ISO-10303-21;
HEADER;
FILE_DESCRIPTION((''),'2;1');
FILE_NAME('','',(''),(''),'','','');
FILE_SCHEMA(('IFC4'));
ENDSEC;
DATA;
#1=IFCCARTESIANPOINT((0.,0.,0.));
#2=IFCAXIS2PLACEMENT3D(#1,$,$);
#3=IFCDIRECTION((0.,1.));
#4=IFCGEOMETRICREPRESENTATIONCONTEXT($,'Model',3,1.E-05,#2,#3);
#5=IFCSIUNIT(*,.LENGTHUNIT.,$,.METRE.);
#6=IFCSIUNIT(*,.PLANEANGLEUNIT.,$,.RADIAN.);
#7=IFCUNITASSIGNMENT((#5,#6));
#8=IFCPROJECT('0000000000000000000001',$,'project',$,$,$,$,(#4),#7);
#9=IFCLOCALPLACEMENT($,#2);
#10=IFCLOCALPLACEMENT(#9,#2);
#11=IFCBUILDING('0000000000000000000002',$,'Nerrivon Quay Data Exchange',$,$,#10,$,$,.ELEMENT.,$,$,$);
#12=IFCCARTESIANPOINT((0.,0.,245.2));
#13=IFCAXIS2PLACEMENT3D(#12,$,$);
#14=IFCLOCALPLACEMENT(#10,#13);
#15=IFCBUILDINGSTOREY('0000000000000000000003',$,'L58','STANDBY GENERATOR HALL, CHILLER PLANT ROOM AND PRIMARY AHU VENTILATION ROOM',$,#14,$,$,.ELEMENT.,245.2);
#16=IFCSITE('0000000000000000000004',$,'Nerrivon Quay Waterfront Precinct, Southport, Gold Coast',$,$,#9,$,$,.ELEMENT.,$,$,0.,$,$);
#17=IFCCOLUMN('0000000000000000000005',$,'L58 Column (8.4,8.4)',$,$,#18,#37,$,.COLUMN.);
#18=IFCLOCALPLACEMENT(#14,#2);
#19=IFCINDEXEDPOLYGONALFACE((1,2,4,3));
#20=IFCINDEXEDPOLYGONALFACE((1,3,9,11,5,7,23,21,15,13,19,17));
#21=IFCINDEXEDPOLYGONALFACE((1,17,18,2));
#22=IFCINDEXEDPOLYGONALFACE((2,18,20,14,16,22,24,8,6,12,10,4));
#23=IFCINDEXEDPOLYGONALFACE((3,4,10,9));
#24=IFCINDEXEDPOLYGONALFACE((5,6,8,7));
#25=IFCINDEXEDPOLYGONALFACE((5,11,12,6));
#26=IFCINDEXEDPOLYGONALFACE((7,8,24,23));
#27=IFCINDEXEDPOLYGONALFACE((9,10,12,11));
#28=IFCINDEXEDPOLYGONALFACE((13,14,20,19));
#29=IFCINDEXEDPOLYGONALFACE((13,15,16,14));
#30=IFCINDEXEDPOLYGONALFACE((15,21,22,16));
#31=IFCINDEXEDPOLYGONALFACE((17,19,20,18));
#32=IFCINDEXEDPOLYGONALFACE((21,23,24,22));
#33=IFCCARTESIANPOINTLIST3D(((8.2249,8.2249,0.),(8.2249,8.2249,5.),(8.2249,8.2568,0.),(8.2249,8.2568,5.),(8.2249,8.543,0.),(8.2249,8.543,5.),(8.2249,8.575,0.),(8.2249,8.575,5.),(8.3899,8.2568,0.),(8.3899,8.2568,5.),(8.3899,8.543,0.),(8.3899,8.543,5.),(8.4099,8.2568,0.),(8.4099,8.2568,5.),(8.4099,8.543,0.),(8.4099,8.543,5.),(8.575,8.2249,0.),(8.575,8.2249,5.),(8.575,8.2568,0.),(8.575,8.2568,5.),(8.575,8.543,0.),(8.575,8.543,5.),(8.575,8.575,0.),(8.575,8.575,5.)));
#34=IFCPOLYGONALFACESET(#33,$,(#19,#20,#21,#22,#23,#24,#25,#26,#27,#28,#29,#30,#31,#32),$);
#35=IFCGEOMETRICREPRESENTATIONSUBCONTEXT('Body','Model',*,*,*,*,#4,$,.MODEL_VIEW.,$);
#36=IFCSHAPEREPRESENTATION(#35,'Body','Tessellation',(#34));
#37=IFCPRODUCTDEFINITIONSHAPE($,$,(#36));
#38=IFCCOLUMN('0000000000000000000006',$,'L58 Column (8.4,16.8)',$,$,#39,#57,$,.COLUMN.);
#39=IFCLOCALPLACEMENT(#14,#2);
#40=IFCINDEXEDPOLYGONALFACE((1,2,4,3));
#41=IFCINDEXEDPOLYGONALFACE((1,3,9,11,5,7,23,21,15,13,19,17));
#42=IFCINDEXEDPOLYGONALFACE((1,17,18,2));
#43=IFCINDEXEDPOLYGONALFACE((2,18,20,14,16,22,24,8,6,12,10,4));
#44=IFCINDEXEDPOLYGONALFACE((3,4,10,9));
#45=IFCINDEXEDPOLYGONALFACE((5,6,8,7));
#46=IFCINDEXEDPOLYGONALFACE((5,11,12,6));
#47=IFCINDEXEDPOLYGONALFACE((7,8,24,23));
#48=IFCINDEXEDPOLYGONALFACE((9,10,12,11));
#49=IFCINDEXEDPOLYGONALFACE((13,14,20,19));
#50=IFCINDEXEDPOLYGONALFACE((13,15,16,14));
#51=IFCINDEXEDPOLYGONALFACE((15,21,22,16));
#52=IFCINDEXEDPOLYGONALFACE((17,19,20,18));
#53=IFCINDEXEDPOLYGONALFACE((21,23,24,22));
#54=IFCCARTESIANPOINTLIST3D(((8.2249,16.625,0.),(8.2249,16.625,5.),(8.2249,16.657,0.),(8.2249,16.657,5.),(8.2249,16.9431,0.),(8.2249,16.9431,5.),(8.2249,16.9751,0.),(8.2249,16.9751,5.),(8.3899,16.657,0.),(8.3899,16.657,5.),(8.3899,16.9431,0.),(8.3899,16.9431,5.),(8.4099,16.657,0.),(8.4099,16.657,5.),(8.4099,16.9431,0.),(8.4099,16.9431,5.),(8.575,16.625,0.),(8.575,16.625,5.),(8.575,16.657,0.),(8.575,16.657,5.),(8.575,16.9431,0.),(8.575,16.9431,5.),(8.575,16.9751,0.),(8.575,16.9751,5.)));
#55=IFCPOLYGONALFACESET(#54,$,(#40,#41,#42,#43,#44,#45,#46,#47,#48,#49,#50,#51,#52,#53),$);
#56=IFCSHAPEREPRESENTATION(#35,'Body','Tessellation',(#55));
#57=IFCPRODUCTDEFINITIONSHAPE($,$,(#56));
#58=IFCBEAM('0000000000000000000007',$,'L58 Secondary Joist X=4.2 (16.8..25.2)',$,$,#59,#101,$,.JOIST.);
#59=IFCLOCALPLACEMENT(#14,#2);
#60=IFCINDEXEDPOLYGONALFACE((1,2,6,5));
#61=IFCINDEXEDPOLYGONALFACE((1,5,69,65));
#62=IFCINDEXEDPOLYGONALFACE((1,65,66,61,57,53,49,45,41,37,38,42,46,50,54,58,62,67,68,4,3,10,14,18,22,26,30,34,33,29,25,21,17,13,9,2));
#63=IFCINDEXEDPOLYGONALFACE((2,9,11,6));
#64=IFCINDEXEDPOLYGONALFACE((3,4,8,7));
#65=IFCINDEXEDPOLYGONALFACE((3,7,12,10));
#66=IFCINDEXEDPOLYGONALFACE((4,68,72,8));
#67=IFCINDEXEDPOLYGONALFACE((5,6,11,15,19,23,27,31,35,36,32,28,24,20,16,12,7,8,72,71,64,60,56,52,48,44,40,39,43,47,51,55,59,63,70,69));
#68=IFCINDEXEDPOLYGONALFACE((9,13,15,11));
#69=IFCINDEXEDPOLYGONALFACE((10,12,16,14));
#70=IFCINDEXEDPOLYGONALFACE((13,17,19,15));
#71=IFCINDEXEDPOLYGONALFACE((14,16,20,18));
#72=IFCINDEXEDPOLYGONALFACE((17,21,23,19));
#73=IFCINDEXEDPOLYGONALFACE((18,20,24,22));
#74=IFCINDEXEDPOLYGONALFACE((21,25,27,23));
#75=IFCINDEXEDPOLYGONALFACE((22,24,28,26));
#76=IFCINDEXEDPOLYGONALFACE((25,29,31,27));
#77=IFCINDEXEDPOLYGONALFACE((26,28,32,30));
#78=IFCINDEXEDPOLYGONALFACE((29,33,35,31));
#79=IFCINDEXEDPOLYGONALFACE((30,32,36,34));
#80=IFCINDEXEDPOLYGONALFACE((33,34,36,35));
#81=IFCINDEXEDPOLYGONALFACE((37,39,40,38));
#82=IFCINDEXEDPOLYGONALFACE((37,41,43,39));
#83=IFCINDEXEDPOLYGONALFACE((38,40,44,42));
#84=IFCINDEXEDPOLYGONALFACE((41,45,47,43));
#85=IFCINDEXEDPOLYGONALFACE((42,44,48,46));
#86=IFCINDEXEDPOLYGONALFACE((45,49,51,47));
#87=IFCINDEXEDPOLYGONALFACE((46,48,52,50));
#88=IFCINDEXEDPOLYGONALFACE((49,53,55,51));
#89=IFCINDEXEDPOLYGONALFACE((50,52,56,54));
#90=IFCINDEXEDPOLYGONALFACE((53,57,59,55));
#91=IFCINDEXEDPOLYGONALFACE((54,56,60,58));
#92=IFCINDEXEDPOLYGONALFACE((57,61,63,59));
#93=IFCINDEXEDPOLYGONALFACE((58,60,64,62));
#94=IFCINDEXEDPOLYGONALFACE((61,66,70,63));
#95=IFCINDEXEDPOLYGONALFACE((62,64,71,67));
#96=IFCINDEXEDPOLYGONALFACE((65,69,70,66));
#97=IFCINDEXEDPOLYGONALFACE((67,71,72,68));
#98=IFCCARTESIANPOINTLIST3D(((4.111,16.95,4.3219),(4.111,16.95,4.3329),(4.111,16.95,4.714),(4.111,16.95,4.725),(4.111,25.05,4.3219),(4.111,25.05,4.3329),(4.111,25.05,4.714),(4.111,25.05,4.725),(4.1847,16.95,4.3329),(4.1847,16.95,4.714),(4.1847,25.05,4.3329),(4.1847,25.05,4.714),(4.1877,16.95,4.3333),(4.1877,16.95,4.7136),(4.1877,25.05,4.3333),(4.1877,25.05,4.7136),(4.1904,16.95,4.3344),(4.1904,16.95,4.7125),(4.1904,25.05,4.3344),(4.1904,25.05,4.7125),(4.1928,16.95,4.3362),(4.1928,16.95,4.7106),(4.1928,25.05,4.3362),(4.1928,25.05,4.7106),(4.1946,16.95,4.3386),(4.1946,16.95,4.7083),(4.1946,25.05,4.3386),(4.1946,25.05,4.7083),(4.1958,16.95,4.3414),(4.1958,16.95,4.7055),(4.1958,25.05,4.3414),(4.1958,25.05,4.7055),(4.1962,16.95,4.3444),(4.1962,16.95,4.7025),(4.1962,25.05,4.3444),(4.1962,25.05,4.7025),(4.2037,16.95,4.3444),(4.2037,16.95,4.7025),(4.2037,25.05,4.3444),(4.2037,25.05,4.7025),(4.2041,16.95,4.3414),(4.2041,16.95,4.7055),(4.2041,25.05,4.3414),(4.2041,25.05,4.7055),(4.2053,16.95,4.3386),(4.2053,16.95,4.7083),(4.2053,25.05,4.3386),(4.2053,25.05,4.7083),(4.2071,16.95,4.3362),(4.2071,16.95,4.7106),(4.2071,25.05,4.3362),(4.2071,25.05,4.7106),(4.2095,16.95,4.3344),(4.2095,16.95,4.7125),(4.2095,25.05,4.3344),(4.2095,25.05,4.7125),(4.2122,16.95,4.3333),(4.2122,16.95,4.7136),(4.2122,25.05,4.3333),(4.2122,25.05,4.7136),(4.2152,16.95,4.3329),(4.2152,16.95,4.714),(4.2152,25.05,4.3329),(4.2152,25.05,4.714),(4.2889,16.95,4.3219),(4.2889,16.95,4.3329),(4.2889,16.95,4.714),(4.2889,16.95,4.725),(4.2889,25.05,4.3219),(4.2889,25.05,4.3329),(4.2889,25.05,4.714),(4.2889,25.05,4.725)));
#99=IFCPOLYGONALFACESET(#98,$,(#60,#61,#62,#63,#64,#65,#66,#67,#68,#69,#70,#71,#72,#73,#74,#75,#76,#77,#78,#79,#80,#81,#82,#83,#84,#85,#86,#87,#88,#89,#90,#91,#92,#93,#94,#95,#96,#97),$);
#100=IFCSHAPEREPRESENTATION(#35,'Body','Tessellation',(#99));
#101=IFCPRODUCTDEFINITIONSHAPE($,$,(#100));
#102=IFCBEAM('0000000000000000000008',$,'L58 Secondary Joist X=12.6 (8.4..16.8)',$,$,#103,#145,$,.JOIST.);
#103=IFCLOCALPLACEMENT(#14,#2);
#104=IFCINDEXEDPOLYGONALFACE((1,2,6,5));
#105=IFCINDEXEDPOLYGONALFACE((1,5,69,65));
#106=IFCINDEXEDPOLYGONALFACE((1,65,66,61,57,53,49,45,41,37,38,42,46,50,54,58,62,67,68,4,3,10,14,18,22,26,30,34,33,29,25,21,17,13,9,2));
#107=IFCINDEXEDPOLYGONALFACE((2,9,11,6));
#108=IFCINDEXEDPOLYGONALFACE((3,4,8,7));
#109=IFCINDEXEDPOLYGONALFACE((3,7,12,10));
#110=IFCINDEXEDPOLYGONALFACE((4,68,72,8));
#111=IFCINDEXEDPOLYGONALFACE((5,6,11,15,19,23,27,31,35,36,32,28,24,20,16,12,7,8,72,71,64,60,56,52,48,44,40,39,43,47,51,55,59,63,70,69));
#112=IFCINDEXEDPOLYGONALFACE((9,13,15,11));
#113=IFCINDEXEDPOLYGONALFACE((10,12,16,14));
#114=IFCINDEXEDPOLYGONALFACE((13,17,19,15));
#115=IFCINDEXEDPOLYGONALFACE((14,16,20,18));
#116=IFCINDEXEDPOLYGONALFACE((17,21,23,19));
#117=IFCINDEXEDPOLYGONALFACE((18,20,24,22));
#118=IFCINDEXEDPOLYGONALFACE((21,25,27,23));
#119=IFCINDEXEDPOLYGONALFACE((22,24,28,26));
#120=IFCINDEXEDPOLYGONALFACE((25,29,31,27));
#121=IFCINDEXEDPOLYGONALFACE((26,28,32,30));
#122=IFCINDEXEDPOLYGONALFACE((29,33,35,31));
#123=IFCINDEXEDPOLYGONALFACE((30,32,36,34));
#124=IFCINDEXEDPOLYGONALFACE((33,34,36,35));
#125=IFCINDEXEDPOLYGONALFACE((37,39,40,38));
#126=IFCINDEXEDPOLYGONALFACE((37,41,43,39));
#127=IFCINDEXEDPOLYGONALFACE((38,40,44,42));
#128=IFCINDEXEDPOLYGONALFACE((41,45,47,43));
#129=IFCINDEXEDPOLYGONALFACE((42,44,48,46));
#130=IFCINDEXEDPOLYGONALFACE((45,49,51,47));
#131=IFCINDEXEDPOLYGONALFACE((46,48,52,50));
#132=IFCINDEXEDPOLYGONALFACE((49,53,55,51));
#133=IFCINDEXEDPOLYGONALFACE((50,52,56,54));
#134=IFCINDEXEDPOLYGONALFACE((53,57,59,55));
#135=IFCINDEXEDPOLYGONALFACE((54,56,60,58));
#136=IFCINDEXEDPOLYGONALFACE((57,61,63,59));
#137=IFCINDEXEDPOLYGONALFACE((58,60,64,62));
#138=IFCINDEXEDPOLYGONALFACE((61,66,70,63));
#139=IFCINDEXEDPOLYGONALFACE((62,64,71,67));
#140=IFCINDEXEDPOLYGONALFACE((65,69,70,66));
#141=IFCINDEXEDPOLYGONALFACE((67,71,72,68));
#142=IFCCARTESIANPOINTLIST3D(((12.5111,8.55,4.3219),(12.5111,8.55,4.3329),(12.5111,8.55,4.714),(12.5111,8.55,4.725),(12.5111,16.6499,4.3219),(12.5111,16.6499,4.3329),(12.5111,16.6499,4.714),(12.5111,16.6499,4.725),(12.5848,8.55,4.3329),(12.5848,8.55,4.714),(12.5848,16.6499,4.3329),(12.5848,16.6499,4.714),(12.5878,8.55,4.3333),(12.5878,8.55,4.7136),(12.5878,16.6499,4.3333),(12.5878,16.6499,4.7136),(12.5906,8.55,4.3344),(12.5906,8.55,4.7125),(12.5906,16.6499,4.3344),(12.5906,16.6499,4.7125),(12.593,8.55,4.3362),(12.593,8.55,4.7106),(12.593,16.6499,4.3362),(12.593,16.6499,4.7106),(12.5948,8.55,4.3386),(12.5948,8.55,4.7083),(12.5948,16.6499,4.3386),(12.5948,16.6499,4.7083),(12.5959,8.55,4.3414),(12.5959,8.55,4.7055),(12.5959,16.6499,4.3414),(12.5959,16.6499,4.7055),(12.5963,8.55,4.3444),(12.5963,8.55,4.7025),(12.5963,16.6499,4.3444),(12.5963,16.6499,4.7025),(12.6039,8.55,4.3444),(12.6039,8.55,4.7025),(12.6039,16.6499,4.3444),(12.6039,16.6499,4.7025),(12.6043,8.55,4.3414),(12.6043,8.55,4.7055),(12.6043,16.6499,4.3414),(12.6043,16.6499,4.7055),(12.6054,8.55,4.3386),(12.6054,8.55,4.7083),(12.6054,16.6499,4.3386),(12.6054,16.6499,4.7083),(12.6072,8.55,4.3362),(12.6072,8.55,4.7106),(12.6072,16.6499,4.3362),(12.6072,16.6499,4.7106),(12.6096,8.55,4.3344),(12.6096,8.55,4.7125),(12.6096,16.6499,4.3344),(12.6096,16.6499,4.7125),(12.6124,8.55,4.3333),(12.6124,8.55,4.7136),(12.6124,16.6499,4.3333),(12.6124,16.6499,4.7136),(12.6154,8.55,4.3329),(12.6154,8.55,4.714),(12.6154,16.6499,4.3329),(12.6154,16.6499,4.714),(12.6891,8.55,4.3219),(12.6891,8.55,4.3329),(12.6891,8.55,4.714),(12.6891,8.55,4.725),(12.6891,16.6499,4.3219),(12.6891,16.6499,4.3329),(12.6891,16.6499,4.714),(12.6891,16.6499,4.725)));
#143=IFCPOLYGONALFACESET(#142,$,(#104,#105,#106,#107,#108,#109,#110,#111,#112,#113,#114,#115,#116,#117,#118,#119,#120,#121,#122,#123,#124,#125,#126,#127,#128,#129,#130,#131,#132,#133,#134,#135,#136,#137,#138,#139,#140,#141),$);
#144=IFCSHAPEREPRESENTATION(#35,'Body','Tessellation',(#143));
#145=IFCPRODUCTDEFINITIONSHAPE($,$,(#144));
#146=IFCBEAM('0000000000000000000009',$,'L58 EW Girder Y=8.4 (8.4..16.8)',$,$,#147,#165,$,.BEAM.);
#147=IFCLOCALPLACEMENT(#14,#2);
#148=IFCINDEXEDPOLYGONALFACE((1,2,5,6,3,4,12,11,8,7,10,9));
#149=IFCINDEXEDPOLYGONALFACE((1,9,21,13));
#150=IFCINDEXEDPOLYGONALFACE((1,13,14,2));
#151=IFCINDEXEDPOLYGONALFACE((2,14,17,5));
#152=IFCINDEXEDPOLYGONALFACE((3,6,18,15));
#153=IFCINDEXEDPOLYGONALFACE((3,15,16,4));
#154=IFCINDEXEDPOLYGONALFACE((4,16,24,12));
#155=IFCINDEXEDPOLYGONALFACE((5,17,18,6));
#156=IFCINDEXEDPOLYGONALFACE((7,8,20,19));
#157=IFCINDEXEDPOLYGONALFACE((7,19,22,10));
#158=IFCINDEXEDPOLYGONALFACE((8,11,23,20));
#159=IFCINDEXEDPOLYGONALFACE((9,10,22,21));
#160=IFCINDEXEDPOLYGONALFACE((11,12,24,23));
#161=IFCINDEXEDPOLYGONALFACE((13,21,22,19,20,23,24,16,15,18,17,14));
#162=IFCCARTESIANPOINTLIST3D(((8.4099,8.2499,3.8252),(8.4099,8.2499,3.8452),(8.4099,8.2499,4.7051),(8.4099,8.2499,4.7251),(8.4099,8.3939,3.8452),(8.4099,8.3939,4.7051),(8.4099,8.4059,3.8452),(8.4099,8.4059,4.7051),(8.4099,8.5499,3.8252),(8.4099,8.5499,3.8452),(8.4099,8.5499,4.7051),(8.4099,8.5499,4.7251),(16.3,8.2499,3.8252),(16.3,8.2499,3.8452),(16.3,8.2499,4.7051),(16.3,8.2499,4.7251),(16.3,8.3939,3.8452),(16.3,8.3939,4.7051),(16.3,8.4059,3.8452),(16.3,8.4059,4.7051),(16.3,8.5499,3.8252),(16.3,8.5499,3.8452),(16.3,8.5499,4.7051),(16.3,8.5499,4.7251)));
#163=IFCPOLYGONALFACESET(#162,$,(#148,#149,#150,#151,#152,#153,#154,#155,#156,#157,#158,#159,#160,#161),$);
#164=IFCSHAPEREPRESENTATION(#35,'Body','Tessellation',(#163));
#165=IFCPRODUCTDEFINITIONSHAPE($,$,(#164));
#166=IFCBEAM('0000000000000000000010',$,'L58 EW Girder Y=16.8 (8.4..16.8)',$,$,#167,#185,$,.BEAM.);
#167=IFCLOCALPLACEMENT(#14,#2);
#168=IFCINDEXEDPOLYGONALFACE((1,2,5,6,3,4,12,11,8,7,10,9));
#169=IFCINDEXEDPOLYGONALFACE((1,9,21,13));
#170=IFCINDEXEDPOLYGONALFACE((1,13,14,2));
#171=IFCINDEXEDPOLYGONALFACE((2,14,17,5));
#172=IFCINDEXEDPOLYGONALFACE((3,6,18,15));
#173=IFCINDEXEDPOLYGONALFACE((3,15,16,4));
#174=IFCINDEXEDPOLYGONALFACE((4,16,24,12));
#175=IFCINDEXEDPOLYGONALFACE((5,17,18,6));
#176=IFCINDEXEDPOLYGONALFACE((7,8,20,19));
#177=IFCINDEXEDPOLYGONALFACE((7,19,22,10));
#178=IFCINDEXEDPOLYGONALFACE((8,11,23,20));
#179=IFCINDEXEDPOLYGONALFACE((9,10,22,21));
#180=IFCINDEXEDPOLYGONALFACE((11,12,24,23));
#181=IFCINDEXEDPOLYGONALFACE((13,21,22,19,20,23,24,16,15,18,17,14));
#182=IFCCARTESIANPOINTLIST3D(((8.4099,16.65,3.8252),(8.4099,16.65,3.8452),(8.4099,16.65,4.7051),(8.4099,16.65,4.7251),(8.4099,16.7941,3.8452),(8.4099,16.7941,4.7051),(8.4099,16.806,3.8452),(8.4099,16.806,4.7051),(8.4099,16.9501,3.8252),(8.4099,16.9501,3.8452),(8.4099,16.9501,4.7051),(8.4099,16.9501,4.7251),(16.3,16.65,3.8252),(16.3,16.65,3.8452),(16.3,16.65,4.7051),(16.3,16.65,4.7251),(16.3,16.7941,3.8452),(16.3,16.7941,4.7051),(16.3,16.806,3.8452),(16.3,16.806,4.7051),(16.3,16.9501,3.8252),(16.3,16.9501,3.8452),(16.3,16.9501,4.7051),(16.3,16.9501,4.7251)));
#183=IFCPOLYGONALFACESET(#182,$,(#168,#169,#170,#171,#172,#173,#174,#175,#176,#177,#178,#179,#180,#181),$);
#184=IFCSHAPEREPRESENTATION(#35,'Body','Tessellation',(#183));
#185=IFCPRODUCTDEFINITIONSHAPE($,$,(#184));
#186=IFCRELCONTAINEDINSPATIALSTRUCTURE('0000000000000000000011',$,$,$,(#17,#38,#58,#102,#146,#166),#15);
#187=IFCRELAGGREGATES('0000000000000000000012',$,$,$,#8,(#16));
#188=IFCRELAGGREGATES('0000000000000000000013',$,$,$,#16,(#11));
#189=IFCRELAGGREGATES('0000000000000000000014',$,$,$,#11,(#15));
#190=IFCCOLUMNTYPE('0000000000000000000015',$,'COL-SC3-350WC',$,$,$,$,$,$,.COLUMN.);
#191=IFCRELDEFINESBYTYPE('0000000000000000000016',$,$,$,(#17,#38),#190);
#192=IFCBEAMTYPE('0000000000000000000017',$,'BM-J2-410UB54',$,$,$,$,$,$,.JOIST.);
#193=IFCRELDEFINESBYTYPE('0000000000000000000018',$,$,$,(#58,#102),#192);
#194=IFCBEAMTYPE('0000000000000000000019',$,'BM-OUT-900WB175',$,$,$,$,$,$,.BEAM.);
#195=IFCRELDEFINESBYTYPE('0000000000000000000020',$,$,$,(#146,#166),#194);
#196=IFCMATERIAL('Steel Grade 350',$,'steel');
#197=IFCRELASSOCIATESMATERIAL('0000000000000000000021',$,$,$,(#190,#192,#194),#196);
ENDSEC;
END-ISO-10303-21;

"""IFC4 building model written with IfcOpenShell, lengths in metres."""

from ifc_helpers import new_model, si_unit, direction, frame, origin, origin_2d, place, context, subcontext, project, spatial, i_section, extrude, material, material_profile, profile_set, type_object, element, save


model = new_model("IFC4")

# Units and contexts
model_context = context("Model", 3, precision=1e-05, world=origin(), true_north=direction((0.0, 1.0)))
body_context = subcontext(model_context, "Body", "Model", "MODEL_VIEW")
ifc_project = project(units=[si_unit("LENGTHUNIT", "METRE"), si_unit("PLANEANGLEUNIT", "RADIAN")], contexts=[model_context])

# Site, building, storey
site_placement = place(None, origin())
site = spatial("IfcSite", under=ifc_project, at=site_placement, Name="Nerrivon Quay Waterfront Precinct, Southport, Gold Coast", CompositionType="ELEMENT", RefElevation=0.0)
building_placement = place(site_placement, origin())
building = spatial("IfcBuilding", under=site, at=building_placement, Name="Nerrivon Quay Data Exchange", CompositionType="ELEMENT")
storey_placement = place(building_placement, frame((0.0, 0.0, 245.2)))
storey = spatial("IfcBuildingStorey", under=building, at=storey_placement, Name="L58", Description="STANDBY GENERATOR HALL, CHILLER PLANT ROOM AND PRIMARY AHU VENTILATION ROOM", CompositionType="ELEMENT", Elevation=245.2)

# Columns
ifc_material_1 = material(Name="Steel Grade 350", Category="steel")
ifc_material_profile_1 = material_profile(ifc_material_1, i_section(OverallWidth=0.3501, OverallDepth=0.3501, WebThickness=0.02, FlangeThickness=0.032, at=origin_2d()), Name="350WC230")
ifc_profile_set_1 = profile_set([ifc_material_profile_1], Name="Steel Grade 350")
column_type = type_object("IfcColumnType", Name="COL-SC3-350WC", PredefinedType="COLUMN", material=ifc_profile_set_1)
for number, where, z_axis, x_axis, name in (
    (1, (8.3999, 8.3999, 0.0), (0.0, 0.0, 1.0), (1.0, 0.0, 0.0), "L58 Column (8.4,8.4)"),
    (2, (8.3999, 16.8, 0.0), (0.0, 0.0, 1.0), (1.0, 0.0, 0.0), "L58 Column (8.4,16.8)"),
):
    element("IfcColumn", number, at=place(storey_placement, frame(where, z_axis=z_axis, x_axis=x_axis)), inside=storey, type_object=column_type, Name=name, PredefinedType="COLUMN", context=body_context, shape_type="SweptSolid", body=[
        extrude(i_section(OverallWidth=0.3501, OverallDepth=0.3501, WebThickness=0.02, FlangeThickness=0.032, at=origin_2d()), origin(), (0.0, 0.0, 1.0), 5.0),
    ])

# Beams
ifc_material_profile_2 = material_profile(ifc_material_1, i_section(OverallWidth=0.178, OverallDepth=0.4031, WebThickness=0.0076, FlangeThickness=0.011, FilletRadius=0.0115, at=origin_2d()), Name="410UB53.7")
ifc_profile_set_2 = profile_set([ifc_material_profile_2], Name="Steel Grade 350")
beam_type_1 = type_object("IfcBeamType", Name="BM-J2-410UB54", PredefinedType="JOIST", material=ifc_profile_set_2)
beam_1_placement = place(storey_placement, frame((4.2, 16.95, 4.5234), z_axis=(0.0, 1.0, 0.0), x_axis=(-1.0, 0.0, 0.0)))
element("IfcBeam", 3, at=beam_1_placement, inside=storey, type_object=beam_type_1, Name="L58 Secondary Joist X=4.2 (16.8..25.2)", PredefinedType="JOIST", context=body_context, shape_type="SweptSolid", body=[
    extrude(i_section(OverallWidth=0.178, OverallDepth=0.4031, WebThickness=0.0076, FlangeThickness=0.011, FilletRadius=0.0115, at=origin_2d()), origin(), (0.0, 0.0, 1.0), 8.1001),
])
beam_2_placement = place(storey_placement, frame((12.6001, 8.55, 4.5234), z_axis=(0.0, 1.0, 0.0), x_axis=(-1.0, 0.0, 0.0)))
element("IfcBeam", 4, at=beam_2_placement, inside=storey, type_object=beam_type_1, Name="L58 Secondary Joist X=12.6 (8.4..16.8)", PredefinedType="JOIST", context=body_context, shape_type="SweptSolid", body=[
    extrude(i_section(OverallWidth=0.178, OverallDepth=0.4031, WebThickness=0.0076, FlangeThickness=0.011, FilletRadius=0.0115, at=origin_2d()), origin(), (0.0, 0.0, 1.0), 8.0999),
])
ifc_material_profile_3 = material_profile(ifc_material_1, i_section(OverallWidth=0.3, OverallDepth=0.8999, WebThickness=0.012, FlangeThickness=0.02, at=origin_2d()), Name="900WB175")
ifc_profile_set_3 = profile_set([ifc_material_profile_3], Name="Steel Grade 350")
beam_type_2 = type_object("IfcBeamType", Name="BM-OUT-900WB175", PredefinedType="BEAM", material=ifc_profile_set_3)
for number, where, z_axis, x_axis, name in (
    (5, (8.4099, 8.3999, 4.2751), (1.0, 0.0, 0.0), (0.0, 1.0, 0.0), "L58 EW Girder Y=8.4 (8.4..16.8)"),
    (6, (8.4099, 16.8, 4.2751), (1.0, 0.0, 0.0), (0.0, 1.0, 0.0), "L58 EW Girder Y=16.8 (8.4..16.8)"),
):
    element("IfcBeam", number, at=place(storey_placement, frame(where, z_axis=z_axis, x_axis=x_axis)), inside=storey, type_object=beam_type_2, Name=name, PredefinedType="BEAM", context=body_context, shape_type="SweptSolid", body=[
        extrude(i_section(OverallWidth=0.3, OverallDepth=0.8999, WebThickness=0.012, FlangeThickness=0.02, at=origin_2d()), origin(), (0.0, 0.0, 1.0), 7.8901),
    ])

save(model, "model.ifc")
